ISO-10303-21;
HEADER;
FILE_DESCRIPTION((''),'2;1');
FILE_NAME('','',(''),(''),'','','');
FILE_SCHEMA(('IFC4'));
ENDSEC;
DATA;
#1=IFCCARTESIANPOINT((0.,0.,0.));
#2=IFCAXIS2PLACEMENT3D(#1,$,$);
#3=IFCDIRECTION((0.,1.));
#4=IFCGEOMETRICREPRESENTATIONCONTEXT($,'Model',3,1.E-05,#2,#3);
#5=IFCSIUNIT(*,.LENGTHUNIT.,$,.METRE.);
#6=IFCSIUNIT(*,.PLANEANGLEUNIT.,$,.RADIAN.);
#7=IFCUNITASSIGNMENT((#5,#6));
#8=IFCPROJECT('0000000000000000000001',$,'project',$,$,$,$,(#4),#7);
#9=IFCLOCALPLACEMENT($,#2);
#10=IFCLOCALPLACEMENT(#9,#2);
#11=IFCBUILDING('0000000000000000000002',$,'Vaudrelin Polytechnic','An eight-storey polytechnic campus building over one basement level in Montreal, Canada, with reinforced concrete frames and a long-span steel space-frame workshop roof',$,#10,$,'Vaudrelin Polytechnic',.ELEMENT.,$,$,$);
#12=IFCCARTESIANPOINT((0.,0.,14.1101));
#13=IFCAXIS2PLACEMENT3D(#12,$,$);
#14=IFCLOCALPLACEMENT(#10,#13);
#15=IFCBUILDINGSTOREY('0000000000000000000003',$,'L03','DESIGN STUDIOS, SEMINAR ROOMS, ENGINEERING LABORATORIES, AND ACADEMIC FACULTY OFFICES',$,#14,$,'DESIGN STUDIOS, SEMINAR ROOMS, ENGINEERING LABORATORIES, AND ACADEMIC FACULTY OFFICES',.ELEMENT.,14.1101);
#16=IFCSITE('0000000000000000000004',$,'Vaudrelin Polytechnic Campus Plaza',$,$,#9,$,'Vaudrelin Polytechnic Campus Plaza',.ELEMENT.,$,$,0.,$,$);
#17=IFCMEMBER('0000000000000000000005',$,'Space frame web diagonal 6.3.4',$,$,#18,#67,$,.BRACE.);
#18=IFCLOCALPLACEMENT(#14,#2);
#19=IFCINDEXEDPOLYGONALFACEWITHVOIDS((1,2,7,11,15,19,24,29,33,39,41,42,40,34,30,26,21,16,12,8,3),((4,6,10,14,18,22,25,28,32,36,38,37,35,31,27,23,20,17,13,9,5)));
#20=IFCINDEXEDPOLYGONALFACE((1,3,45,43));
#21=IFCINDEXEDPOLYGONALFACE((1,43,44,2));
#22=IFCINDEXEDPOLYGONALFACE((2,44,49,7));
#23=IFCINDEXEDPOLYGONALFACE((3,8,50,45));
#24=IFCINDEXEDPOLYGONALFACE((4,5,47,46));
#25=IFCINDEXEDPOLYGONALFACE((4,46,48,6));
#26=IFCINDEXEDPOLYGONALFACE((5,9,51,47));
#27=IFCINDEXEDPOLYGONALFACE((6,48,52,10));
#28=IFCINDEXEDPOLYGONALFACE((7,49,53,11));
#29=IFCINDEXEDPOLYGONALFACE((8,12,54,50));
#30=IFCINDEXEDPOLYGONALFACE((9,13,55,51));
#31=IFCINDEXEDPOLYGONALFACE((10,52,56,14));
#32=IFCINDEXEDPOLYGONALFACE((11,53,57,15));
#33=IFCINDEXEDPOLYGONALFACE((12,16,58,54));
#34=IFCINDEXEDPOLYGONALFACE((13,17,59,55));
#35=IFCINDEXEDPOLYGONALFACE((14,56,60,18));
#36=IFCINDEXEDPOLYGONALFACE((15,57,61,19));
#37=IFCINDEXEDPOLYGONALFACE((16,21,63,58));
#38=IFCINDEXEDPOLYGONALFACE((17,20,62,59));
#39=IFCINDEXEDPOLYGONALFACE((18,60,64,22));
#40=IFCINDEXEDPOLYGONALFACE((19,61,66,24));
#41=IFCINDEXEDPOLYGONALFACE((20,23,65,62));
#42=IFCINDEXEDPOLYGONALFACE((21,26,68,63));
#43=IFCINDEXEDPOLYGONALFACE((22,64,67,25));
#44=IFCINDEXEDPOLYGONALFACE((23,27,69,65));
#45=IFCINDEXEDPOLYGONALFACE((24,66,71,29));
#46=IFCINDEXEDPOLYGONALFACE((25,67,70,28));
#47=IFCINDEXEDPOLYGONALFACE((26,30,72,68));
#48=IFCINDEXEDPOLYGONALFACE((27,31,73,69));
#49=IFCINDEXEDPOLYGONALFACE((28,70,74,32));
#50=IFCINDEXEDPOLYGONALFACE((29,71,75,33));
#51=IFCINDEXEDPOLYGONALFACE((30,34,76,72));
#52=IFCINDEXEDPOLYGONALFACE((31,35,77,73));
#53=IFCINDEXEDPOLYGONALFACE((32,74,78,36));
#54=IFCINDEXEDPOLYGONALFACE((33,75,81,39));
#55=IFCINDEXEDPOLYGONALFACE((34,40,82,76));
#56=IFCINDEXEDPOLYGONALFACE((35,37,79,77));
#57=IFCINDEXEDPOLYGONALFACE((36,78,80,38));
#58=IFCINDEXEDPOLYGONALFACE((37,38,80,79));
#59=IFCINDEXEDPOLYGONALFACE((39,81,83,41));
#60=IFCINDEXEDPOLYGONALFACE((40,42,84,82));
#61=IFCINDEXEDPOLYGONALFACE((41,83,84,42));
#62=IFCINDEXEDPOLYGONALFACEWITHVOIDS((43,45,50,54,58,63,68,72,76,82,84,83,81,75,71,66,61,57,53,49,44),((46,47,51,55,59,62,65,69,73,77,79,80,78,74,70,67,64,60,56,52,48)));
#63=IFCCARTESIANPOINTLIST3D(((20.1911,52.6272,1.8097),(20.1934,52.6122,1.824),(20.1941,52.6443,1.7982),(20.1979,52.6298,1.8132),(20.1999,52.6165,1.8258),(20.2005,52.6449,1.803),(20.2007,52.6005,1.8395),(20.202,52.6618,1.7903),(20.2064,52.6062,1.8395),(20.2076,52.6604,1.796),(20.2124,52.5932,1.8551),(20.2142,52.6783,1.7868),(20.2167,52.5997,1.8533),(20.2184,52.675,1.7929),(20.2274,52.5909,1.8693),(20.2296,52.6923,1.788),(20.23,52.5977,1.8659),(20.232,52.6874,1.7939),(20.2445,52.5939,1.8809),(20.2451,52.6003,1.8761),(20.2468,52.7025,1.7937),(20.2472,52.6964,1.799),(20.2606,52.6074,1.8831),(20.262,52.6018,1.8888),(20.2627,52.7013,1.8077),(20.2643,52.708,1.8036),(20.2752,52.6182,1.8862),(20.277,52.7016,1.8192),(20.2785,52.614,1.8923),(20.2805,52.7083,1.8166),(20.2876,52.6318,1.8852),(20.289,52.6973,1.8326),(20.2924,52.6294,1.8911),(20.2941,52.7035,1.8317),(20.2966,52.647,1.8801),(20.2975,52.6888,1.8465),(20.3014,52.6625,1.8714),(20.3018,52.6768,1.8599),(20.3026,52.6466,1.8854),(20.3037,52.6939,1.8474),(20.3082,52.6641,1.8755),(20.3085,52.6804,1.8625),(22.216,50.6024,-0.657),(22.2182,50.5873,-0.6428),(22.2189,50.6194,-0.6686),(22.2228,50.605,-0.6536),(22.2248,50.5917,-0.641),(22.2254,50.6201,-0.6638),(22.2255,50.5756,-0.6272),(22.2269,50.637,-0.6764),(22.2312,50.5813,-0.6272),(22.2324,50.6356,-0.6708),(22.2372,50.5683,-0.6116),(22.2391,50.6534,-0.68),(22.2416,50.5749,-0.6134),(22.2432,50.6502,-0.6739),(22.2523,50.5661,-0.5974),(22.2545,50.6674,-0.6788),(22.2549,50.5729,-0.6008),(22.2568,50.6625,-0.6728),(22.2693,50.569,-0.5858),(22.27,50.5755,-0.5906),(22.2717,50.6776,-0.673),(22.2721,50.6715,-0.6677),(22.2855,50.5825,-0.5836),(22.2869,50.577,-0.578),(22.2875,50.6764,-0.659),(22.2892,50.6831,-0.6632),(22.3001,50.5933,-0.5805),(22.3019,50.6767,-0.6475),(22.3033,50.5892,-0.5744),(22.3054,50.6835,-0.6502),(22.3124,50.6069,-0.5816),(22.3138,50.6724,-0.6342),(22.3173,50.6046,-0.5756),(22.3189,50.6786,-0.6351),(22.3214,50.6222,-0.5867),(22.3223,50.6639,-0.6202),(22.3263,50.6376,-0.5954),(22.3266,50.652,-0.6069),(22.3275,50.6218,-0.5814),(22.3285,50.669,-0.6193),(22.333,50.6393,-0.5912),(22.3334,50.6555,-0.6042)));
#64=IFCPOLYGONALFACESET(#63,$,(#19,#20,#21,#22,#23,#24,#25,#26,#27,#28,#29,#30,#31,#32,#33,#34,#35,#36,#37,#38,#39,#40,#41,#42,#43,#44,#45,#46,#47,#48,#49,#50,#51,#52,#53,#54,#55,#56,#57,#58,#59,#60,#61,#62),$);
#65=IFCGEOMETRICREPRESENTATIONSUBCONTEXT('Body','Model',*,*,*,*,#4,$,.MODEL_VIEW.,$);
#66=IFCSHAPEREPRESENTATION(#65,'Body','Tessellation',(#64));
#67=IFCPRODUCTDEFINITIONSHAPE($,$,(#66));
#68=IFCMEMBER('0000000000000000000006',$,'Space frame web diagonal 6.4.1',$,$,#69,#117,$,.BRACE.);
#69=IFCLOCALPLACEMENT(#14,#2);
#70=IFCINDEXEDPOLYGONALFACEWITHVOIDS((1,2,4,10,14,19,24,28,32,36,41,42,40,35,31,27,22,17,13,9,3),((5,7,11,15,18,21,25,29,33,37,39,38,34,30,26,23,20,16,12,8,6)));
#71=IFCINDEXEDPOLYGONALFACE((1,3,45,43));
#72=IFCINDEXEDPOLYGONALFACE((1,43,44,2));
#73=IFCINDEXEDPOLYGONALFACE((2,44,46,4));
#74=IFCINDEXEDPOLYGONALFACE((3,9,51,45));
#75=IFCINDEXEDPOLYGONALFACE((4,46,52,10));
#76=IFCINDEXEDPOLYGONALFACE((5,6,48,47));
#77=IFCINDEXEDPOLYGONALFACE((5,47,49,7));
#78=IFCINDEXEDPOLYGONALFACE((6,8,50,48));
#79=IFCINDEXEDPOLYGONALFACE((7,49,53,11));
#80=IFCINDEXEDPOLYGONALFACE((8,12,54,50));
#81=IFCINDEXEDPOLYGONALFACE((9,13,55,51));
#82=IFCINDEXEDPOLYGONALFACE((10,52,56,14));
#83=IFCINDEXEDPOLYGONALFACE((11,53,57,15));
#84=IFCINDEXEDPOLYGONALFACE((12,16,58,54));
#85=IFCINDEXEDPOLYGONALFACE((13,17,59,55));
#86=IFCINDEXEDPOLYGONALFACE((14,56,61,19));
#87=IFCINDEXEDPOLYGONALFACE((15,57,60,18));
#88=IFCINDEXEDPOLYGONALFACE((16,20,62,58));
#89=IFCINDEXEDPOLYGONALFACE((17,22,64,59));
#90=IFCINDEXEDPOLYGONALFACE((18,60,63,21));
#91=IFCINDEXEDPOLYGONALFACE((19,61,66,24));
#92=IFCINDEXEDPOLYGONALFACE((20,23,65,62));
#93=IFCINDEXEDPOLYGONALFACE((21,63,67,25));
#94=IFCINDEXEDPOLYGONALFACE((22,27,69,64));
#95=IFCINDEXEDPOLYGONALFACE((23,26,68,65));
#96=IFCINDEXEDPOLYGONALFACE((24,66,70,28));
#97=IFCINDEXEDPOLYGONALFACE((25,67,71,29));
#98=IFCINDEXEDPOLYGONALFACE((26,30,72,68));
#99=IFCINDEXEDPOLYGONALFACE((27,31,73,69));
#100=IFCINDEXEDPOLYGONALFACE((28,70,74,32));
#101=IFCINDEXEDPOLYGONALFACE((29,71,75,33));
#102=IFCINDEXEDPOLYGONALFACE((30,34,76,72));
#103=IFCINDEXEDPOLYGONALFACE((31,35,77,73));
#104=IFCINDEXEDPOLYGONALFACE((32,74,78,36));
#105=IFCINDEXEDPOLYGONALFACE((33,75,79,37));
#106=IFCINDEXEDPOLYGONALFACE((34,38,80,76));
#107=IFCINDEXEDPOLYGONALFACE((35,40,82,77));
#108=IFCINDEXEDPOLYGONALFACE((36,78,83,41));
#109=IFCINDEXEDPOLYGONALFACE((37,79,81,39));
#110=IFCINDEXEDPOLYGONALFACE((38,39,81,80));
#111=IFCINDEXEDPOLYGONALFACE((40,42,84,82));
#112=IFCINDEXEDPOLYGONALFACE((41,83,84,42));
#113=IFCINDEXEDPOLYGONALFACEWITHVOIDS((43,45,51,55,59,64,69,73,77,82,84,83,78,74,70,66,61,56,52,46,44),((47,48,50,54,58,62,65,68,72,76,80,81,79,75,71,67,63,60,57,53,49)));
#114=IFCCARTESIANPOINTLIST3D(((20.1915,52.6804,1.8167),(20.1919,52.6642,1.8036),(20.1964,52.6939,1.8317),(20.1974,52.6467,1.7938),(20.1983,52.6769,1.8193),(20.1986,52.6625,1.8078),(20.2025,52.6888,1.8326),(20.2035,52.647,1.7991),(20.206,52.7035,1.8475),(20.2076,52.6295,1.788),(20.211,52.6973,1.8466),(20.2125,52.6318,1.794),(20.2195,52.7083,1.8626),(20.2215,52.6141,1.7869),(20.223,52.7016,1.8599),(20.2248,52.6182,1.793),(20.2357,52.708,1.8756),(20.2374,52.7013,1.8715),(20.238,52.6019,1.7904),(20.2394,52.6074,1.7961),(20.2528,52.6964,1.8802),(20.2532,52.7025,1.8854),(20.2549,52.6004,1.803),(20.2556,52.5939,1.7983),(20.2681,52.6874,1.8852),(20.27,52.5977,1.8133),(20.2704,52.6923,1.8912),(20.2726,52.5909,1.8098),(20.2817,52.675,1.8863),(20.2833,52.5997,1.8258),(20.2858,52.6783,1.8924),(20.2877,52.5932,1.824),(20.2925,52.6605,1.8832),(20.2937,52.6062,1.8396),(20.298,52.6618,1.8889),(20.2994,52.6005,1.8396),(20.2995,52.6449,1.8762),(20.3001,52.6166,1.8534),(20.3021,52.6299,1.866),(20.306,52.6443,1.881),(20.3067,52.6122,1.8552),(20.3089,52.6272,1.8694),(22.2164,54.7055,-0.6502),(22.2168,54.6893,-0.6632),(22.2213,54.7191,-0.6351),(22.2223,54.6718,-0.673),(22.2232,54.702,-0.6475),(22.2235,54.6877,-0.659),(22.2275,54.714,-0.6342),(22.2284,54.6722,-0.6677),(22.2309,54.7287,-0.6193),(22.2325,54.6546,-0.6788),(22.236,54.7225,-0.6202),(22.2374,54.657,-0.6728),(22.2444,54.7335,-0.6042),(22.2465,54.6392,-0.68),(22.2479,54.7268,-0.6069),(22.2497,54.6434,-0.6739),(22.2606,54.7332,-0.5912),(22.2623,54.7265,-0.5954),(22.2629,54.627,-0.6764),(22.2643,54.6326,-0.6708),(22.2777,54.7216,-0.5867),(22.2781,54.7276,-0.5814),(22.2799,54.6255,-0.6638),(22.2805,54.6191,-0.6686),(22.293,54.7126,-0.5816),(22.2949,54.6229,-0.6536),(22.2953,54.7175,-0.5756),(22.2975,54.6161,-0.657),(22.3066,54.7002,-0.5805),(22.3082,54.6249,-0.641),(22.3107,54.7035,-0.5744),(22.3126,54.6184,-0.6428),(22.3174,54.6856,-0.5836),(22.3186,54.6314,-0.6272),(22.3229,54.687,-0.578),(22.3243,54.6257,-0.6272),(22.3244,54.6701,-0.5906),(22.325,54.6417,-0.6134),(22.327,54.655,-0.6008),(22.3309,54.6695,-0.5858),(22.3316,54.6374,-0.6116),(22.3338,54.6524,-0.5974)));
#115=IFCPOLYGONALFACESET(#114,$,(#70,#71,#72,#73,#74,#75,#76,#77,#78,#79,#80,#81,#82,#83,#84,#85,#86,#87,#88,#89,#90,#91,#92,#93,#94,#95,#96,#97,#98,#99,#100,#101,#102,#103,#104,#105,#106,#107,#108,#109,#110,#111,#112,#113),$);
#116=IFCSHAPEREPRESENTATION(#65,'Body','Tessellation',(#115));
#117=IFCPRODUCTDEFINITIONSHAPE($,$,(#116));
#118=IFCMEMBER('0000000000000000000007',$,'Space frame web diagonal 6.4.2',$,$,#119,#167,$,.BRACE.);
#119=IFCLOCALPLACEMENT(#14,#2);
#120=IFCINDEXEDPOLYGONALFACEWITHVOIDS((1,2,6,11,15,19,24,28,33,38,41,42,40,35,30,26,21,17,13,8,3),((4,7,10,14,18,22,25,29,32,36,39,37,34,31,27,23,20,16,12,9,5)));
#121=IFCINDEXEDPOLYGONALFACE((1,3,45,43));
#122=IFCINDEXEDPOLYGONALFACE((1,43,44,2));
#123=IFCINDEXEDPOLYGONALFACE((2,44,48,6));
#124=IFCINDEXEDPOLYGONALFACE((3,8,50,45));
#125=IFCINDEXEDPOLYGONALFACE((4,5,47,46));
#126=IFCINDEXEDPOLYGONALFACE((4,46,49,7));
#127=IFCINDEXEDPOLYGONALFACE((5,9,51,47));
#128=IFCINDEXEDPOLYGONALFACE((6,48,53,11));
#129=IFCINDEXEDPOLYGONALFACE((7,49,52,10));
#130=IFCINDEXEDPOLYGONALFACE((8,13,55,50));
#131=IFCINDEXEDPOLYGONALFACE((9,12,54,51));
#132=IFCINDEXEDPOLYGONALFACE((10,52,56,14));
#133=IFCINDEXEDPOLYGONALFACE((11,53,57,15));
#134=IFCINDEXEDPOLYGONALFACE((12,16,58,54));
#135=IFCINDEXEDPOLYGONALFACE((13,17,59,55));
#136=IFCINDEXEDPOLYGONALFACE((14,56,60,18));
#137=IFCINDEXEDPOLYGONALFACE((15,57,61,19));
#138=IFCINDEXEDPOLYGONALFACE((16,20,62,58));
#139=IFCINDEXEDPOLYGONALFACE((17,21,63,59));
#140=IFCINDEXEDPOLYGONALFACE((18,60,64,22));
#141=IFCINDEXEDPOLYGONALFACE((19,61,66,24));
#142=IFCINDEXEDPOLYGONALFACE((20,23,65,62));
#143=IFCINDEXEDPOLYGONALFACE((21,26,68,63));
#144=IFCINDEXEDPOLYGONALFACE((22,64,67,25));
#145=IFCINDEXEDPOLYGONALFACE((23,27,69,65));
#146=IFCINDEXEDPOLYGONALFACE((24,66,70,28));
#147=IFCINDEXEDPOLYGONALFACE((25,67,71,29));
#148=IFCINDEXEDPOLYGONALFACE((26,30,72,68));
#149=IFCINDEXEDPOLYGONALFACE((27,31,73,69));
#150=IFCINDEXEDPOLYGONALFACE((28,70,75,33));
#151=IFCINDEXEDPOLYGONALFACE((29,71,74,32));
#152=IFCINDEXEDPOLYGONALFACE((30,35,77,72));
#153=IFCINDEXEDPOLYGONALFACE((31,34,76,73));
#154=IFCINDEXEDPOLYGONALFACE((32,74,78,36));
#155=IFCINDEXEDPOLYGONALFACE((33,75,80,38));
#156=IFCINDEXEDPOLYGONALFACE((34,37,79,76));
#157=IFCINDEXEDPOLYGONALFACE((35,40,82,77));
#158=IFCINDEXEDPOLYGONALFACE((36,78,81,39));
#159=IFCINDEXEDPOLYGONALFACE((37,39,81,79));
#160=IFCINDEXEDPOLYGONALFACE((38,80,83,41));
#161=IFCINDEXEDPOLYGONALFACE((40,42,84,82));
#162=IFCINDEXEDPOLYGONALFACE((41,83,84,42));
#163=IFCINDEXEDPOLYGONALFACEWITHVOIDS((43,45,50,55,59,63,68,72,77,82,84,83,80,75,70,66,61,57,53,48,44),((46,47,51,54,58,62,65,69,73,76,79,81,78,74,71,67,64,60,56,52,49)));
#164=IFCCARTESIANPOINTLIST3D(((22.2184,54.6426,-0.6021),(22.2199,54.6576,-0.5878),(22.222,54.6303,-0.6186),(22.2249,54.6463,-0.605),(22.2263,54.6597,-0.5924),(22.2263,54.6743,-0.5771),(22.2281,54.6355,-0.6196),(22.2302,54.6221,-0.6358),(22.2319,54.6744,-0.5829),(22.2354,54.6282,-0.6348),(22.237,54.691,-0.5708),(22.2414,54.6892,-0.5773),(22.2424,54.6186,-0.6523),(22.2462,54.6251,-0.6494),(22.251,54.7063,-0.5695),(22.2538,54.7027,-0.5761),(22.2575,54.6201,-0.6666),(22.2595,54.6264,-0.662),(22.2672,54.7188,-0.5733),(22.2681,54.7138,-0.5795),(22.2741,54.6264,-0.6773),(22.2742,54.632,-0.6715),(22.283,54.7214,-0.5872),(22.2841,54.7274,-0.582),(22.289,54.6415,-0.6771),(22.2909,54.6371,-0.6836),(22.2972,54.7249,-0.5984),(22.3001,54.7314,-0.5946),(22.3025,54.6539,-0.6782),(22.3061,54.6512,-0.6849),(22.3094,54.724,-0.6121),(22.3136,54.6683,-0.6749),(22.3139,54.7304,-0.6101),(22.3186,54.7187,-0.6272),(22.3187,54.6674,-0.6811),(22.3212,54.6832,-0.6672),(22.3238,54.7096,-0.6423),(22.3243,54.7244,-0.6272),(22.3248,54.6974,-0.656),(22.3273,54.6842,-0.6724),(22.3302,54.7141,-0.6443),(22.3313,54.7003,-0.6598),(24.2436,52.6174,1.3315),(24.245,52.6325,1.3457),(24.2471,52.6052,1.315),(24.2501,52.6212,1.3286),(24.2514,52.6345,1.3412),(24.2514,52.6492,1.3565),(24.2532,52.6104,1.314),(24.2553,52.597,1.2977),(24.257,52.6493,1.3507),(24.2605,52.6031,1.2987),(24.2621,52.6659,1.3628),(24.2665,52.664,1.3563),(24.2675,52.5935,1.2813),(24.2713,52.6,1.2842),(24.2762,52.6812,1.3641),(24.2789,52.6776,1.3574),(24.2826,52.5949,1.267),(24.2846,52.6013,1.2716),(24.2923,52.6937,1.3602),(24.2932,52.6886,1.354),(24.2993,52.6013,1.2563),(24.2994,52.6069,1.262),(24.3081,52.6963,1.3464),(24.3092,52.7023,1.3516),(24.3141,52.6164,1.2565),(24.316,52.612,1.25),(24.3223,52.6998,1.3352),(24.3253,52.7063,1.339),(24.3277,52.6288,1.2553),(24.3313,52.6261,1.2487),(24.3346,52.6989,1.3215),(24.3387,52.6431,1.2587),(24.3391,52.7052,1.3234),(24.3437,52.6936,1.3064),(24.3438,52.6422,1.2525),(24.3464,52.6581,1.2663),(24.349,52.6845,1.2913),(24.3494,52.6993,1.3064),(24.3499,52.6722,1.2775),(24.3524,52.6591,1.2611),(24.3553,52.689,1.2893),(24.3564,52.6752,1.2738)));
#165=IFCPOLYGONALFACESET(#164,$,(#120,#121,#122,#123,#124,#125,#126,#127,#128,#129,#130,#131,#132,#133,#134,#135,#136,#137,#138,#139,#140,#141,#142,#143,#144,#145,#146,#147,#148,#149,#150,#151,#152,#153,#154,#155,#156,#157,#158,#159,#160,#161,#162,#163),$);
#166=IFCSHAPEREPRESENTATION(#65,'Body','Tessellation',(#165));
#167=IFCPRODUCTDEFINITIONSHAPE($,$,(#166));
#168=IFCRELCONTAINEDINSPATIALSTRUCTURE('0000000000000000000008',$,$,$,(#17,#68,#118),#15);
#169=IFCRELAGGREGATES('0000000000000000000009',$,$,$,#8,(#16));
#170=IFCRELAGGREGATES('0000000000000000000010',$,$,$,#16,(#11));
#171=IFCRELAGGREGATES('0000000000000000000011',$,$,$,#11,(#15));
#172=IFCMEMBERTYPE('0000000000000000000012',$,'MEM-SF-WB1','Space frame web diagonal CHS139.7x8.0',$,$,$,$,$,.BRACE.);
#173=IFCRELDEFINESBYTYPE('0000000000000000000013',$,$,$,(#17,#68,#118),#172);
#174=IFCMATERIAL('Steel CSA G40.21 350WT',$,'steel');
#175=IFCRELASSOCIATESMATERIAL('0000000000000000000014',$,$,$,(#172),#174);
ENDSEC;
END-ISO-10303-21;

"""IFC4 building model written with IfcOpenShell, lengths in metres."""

from ifc_helpers import new_model, si_unit, direction, frame, origin, origin_2d, place, context, subcontext, project, spatial, hollow_circle, extrude, material, material_profile, profile_set, type_object, element, save


model = new_model("IFC4")

# Units and contexts
model_context = context("Model", 3, precision=1e-05, world=origin(), true_north=direction((0.0, 1.0)))
body_context = subcontext(model_context, "Body", "Model", "MODEL_VIEW")
ifc_project = project(units=[si_unit("LENGTHUNIT", "METRE"), si_unit("PLANEANGLEUNIT", "RADIAN")], contexts=[model_context])

# Site, building, storey
site_placement = place(None, origin())
site = spatial("IfcSite", under=ifc_project, at=site_placement, Name="Vaudrelin Polytechnic Campus Plaza", LongName="Vaudrelin Polytechnic Campus Plaza", CompositionType="ELEMENT", RefElevation=0.0)
building_placement = place(site_placement, origin())
building = spatial("IfcBuilding", under=site, at=building_placement, Name="Vaudrelin Polytechnic", Description="An eight-storey polytechnic campus building over one basement level in Montreal, Canada, with reinforced concrete frames and a long-span steel space-frame workshop roof", LongName="Vaudrelin Polytechnic", CompositionType="ELEMENT")
storey_placement = place(building_placement, frame((0.0, 0.0, 14.1101)))
storey = spatial("IfcBuildingStorey", under=building, at=storey_placement, Name="L03", Description="DESIGN STUDIOS, SEMINAR ROOMS, ENGINEERING LABORATORIES, AND ACADEMIC FACULTY OFFICES", LongName="DESIGN STUDIOS, SEMINAR ROOMS, ENGINEERING LABORATORIES, AND ACADEMIC FACULTY OFFICES", CompositionType="ELEMENT", Elevation=14.1101)

# Members
ifc_material = material(Name="Steel CSA G40.21 350WT", Category="steel")
ifc_material_profile_1 = material_profile(ifc_material, hollow_circle(Radius=0.0698, WallThickness=0.0081, at=origin_2d()), Name="CHS139.7x8.0")
ifc_profile_set_1 = profile_set([ifc_material_profile_1], Name="Steel CSA G40.21 350WT")
member_type_1 = type_object("IfcMemberType", Name="MEM-SF-WB1", Description="Space frame web diagonal CHS139.7x8.0", PredefinedType="BRACE", material=ifc_profile_set_1)
member_1_placement = place(storey_placement, frame((22.2749, 50.625, -0.6272), z_axis=(-0.535742, 0.535742, 0.652657), x_axis=(-0.707107, -0.707107, 0.0)))
element("IfcMember", 1, at=member_1_placement, inside=storey, type_object=member_type_1, Name="Space frame web diagonal 6.3.4", PredefinedType="BRACE", context=body_context, shape_type="SweptSolid", body=[
    extrude(hollow_circle(Radius=0.0698, WallThickness=0.0081, at=origin_2d()), origin(), (0.0, 0.0, 1.0), 3.7795),
])
member_2_placement = place(storey_placement, frame((22.2749, 54.675, -0.6272), z_axis=(-0.535723, -0.535788, 0.652634), x_axis=(0.707149, -0.707064, 0.0)))
element("IfcMember", 2, at=member_2_placement, inside=storey, type_object=member_type_1, Name="Space frame web diagonal 6.4.1", PredefinedType="BRACE", context=body_context, shape_type="SweptSolid", body=[
    extrude(hollow_circle(Radius=0.0698, WallThickness=0.0081, at=origin_2d()), origin(), (0.0, 0.0, 1.0), 3.7798),
])
for number, where, z_axis, x_axis, name in (
    (3, (22.2749, 54.675, -0.6272), (0.586046, -0.586046, 0.559553), (0.707107, 0.707107, 0.0), "Space frame web diagonal 6.4.2"),
):
    element("IfcMember", number, at=place(storey_placement, frame(where, z_axis=z_axis, x_axis=x_axis)), inside=storey, type_object=member_type_1, Name=name, PredefinedType="BRACE", context=body_context, shape_type="SweptSolid", body=[
        extrude(hollow_circle(Radius=0.0698, WallThickness=0.0081, at=origin_2d()), origin(), (0.0, 0.0, 1.0), 3.4556),
    ])

save(model, "model.ifc")
